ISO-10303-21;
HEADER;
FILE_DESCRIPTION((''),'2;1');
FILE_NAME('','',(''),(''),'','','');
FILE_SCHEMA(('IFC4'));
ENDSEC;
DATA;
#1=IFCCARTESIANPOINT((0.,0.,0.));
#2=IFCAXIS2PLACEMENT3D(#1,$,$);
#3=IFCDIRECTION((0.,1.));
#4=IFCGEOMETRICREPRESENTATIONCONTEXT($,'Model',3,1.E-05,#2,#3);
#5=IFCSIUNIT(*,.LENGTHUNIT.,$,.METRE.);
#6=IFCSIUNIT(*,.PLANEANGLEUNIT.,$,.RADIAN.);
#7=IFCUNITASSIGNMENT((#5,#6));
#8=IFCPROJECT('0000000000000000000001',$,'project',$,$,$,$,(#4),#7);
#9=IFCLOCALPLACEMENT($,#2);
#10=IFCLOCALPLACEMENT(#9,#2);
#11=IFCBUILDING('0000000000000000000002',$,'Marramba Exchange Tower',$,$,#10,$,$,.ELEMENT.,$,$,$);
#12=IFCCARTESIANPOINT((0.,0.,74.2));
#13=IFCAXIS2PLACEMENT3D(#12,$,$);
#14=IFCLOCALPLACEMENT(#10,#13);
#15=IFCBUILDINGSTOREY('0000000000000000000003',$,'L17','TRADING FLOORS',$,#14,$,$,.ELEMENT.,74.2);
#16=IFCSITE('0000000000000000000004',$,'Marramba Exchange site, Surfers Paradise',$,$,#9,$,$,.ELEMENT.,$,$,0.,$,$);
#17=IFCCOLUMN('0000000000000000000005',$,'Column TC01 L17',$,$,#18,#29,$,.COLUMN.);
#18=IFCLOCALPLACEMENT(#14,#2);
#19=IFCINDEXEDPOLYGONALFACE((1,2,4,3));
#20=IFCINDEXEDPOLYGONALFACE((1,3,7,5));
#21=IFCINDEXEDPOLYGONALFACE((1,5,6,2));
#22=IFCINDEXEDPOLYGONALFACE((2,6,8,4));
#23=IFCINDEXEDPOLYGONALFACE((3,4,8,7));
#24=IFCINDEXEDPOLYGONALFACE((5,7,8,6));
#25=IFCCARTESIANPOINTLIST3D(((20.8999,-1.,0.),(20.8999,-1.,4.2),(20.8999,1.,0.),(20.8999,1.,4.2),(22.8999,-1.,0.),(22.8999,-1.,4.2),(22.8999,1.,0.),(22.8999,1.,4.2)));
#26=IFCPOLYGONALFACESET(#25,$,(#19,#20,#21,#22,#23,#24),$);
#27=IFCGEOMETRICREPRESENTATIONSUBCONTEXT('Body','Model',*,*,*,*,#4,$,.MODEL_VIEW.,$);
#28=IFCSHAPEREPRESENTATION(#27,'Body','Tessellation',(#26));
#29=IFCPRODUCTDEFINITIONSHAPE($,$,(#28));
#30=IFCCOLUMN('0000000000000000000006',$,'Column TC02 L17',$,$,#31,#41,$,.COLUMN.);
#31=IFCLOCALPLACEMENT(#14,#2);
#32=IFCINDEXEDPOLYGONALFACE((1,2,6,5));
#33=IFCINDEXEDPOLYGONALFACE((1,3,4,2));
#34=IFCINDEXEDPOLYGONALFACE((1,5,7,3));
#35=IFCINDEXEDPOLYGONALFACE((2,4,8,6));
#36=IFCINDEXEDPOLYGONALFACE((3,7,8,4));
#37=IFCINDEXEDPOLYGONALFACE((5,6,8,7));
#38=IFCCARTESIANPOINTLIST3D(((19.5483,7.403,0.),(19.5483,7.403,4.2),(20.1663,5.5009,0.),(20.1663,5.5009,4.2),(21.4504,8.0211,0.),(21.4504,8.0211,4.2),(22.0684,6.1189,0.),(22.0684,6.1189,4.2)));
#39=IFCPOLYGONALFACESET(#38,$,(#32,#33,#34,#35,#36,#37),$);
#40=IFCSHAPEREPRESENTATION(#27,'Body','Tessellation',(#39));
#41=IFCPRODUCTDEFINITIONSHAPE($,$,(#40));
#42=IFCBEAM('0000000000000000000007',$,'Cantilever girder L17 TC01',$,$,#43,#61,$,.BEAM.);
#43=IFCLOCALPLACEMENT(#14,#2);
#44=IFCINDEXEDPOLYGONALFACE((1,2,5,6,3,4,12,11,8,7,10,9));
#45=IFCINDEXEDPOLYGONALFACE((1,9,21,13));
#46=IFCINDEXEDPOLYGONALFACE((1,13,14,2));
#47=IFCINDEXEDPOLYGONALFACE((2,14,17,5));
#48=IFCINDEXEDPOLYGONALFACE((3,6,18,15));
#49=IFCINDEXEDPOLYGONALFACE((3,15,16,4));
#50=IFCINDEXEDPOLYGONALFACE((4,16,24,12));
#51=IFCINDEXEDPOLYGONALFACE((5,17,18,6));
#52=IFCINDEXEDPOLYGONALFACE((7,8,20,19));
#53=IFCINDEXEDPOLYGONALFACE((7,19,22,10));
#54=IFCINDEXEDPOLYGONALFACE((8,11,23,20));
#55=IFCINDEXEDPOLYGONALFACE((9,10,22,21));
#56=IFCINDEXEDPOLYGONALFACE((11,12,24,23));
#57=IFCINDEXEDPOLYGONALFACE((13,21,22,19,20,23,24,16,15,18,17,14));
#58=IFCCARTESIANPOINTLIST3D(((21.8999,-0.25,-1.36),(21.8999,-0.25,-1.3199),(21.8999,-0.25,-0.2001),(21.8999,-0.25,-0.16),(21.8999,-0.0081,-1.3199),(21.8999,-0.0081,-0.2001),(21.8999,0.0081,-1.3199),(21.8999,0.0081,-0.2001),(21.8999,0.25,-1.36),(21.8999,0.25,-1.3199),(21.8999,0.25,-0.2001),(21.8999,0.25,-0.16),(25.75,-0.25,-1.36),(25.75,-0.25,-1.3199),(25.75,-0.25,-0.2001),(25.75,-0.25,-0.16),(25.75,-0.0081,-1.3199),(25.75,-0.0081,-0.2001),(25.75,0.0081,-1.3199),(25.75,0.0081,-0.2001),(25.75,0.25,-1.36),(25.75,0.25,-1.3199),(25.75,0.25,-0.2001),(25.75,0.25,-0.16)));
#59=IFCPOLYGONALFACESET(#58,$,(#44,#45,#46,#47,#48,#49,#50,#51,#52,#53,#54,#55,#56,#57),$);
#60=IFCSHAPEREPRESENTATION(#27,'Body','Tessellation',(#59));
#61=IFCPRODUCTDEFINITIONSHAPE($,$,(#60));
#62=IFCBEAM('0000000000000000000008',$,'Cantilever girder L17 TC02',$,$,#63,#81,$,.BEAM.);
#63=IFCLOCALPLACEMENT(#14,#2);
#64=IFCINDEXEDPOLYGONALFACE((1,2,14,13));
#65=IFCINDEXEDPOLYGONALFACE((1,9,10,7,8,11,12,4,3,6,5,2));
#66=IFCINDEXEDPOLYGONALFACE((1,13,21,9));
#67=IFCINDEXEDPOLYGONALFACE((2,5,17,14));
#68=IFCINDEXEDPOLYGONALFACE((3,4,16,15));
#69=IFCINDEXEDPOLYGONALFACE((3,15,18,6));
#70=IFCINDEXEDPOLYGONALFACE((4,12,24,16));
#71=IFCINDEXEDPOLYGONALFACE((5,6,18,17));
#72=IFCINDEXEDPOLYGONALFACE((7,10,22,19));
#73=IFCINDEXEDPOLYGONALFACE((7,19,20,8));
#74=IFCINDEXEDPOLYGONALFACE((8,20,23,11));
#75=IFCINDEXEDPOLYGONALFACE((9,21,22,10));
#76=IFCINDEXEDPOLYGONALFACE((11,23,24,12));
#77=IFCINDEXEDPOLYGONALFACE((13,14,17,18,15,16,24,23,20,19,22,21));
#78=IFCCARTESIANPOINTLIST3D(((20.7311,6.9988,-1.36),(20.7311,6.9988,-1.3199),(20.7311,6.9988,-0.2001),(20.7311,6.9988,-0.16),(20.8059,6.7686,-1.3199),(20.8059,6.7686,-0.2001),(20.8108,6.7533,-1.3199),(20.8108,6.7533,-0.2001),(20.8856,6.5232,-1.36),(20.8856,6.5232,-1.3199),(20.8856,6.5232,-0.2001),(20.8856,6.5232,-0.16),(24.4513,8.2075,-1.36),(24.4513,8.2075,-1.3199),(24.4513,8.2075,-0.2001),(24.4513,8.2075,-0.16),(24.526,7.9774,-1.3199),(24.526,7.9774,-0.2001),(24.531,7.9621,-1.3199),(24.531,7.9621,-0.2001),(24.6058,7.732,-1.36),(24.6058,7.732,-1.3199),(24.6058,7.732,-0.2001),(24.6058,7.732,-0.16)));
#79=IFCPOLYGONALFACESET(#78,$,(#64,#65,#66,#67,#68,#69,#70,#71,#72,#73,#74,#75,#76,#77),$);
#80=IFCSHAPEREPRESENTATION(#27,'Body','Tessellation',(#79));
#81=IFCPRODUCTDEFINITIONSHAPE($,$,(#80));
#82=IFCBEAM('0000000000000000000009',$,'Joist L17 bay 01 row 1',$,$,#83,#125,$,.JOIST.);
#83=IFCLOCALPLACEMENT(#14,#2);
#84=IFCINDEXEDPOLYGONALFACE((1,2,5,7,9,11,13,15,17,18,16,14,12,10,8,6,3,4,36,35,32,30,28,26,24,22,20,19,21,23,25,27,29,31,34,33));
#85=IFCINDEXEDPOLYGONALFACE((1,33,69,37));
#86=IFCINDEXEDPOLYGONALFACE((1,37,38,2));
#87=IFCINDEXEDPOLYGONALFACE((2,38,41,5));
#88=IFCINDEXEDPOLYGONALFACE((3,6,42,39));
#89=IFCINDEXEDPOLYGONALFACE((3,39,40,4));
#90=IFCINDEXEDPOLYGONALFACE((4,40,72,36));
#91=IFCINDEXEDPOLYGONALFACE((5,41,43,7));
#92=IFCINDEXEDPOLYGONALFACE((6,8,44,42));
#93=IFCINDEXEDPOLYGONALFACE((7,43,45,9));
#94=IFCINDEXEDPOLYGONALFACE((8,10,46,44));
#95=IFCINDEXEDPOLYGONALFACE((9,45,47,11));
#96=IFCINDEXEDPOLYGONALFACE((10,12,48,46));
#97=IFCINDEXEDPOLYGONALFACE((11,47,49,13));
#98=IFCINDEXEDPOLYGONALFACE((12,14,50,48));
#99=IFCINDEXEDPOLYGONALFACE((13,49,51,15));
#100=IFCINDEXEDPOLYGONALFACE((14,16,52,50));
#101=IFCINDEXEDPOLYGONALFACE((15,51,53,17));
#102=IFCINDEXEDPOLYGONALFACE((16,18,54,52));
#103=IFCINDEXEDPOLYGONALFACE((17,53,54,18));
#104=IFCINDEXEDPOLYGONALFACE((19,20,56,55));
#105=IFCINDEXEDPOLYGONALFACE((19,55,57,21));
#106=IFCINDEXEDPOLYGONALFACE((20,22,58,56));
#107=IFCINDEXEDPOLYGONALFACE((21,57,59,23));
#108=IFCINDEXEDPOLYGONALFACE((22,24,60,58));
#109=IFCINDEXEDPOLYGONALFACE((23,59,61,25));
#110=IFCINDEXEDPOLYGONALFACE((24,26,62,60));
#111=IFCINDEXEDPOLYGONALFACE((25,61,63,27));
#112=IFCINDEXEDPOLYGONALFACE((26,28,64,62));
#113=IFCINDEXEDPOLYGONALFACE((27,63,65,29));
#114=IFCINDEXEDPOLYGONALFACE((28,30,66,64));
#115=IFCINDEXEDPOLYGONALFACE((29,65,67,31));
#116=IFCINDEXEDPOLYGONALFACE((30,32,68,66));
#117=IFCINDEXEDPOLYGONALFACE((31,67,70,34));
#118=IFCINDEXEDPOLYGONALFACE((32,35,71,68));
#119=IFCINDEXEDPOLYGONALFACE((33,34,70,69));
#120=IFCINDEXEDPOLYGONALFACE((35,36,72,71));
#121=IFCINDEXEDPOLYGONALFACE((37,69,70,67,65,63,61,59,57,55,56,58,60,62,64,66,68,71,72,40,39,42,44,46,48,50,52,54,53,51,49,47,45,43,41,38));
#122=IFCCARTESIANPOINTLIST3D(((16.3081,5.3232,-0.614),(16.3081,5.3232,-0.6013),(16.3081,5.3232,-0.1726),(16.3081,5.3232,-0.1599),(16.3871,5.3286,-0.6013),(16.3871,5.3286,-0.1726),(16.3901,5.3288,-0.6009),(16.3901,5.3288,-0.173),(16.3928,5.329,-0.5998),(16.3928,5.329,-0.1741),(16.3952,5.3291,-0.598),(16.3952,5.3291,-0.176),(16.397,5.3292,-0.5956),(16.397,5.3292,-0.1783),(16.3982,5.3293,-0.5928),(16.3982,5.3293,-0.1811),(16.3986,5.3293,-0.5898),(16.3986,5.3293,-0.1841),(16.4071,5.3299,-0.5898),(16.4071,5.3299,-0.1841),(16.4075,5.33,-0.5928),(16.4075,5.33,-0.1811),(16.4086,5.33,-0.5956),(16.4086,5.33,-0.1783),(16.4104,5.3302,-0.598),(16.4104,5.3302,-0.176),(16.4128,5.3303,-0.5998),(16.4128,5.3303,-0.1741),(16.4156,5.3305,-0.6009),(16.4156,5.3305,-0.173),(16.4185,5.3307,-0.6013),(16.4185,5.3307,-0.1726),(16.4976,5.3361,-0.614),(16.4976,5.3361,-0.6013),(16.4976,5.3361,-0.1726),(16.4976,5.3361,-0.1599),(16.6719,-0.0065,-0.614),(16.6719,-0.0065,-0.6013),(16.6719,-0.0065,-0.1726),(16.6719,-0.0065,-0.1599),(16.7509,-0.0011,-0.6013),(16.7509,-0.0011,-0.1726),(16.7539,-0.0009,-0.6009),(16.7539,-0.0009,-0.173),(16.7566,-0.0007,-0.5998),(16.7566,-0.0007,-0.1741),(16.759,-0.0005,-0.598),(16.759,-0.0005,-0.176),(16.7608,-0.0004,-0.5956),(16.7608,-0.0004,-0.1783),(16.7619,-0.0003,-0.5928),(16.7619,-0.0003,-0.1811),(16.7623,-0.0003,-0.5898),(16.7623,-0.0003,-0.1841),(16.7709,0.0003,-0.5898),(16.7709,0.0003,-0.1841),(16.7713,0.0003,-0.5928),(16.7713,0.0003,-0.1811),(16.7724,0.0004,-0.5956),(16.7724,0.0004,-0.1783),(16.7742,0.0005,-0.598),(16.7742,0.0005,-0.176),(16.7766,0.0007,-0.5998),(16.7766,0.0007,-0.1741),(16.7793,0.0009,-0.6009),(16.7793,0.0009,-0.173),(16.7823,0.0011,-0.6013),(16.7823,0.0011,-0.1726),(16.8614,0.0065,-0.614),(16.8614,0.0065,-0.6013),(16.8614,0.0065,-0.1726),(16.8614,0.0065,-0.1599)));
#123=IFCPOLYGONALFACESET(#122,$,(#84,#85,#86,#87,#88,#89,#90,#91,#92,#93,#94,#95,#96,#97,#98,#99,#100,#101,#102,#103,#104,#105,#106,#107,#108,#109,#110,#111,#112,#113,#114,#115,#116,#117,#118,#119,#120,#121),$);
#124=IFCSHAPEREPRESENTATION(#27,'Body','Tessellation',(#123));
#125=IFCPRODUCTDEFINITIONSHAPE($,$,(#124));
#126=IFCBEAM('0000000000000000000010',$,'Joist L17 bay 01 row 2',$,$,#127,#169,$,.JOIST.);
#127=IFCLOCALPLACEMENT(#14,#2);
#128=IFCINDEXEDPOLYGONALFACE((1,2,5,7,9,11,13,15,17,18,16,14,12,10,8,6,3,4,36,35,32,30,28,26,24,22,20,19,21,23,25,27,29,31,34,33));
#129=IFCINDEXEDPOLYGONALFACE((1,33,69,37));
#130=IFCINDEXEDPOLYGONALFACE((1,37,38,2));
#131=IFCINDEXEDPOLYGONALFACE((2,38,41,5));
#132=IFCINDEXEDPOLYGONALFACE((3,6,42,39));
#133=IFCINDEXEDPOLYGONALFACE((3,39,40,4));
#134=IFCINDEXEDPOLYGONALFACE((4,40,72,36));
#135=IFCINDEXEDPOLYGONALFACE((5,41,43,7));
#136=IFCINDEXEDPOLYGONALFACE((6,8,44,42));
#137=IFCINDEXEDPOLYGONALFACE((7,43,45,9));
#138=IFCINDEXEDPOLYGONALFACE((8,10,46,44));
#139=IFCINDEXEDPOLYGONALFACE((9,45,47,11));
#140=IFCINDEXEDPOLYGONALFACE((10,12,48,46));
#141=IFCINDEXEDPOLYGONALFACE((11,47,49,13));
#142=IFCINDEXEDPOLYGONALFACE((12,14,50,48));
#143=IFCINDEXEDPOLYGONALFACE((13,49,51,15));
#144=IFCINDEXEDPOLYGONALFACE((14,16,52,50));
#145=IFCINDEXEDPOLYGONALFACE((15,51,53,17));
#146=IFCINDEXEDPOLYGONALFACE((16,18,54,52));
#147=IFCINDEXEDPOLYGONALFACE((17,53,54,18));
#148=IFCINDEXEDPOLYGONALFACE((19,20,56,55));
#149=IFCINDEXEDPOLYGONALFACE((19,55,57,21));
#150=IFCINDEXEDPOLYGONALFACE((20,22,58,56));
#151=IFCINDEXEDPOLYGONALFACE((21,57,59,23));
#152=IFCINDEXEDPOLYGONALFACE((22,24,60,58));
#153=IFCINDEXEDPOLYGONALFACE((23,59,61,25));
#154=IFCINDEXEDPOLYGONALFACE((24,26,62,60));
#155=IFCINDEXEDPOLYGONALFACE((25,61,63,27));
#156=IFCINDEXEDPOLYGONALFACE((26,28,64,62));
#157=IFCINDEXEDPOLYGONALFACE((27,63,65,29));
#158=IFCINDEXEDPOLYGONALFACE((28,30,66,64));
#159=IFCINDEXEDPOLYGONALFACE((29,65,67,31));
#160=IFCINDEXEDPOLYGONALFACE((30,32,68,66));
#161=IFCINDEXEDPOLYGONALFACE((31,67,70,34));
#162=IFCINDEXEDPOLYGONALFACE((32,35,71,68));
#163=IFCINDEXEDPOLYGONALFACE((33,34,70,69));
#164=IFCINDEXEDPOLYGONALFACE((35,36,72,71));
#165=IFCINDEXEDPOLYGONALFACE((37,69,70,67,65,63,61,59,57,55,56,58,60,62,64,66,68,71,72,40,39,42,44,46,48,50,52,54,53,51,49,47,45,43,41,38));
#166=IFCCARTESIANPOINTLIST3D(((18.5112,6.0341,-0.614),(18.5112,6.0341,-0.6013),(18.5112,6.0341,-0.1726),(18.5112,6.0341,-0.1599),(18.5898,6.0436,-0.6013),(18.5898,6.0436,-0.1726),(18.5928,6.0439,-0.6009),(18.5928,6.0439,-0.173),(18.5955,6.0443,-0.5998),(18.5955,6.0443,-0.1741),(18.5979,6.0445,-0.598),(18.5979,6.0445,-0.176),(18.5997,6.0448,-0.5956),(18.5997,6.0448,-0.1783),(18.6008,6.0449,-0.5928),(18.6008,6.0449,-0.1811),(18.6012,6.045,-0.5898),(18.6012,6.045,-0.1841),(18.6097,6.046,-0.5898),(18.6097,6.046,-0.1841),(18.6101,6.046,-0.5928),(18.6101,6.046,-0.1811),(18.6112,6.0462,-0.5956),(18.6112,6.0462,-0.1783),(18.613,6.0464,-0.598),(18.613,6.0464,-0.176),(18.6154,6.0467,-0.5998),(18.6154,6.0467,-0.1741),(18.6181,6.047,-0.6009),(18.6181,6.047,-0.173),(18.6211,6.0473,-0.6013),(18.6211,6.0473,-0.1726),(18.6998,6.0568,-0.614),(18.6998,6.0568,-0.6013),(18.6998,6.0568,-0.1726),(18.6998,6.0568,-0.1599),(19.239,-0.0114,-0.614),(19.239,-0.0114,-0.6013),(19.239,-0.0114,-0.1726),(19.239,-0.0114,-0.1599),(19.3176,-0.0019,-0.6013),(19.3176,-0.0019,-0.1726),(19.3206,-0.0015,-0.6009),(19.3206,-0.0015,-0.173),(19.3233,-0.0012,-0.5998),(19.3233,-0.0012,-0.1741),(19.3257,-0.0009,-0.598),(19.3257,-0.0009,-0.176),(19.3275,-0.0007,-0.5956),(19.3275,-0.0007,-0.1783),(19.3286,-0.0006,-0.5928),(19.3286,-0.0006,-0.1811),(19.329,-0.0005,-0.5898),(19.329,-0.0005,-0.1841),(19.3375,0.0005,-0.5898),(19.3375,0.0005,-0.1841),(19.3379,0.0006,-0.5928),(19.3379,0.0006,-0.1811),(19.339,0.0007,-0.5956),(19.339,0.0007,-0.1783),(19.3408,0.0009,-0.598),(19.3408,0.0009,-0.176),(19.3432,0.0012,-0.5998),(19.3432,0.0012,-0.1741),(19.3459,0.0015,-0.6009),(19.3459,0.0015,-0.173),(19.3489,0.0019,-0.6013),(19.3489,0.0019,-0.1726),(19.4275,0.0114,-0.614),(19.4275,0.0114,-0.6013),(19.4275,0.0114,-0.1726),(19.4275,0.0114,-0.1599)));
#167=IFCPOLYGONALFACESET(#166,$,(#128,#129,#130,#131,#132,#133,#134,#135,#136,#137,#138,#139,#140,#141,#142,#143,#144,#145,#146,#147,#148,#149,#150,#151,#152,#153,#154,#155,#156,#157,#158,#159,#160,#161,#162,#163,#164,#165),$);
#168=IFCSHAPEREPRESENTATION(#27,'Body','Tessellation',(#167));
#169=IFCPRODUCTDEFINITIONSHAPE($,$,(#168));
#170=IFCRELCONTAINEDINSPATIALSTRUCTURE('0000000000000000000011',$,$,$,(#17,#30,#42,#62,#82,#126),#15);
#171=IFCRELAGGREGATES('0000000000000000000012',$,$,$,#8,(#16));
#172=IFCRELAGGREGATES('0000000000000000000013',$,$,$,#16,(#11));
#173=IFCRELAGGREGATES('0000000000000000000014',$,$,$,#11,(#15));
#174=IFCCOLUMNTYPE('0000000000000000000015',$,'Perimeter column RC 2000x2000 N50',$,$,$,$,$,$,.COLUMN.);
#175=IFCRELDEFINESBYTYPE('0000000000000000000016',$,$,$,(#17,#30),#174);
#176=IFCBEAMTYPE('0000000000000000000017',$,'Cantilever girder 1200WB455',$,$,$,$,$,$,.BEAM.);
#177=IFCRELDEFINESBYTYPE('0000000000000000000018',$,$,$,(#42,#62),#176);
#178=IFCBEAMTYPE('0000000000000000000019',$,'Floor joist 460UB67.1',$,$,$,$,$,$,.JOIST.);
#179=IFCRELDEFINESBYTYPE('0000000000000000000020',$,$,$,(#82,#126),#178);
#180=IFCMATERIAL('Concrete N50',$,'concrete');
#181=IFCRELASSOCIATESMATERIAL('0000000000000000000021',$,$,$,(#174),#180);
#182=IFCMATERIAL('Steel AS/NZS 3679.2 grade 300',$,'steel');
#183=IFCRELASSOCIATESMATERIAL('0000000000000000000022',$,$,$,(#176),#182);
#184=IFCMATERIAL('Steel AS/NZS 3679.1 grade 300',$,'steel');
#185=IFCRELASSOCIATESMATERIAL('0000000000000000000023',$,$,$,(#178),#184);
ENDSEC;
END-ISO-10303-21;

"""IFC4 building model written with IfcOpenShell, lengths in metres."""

from ifc_helpers import new_model, si_unit, direction, frame, origin, origin_2d, place, context, subcontext, project, spatial, rectangle, i_section, extrude, material, material_profile, profile_set, type_object, element, save


model = new_model("IFC4")

# Units and contexts
model_context = context("Model", 3, precision=1e-05, world=origin(), true_north=direction((0.0, 1.0)))
body_context = subcontext(model_context, "Body", "Model", "MODEL_VIEW")
ifc_project = project(units=[si_unit("LENGTHUNIT", "METRE"), si_unit("PLANEANGLEUNIT", "RADIAN")], contexts=[model_context])

# Site, building, storey
site_placement = place(None, origin())
site = spatial("IfcSite", under=ifc_project, at=site_placement, Name="Marramba Exchange site, Surfers Paradise", CompositionType="ELEMENT", RefElevation=0.0)
building_placement = place(site_placement, origin())
building = spatial("IfcBuilding", under=site, at=building_placement, Name="Marramba Exchange Tower", CompositionType="ELEMENT")
storey_placement = place(building_placement, frame((0.0, 0.0, 74.2)))
storey = spatial("IfcBuildingStorey", under=building, at=storey_placement, Name="L17", Description="TRADING FLOORS", CompositionType="ELEMENT", Elevation=74.2)

# Columns
ifc_material_1 = material(Name="Concrete N50", Category="concrete")
ifc_material_profile_1 = material_profile(ifc_material_1, rectangle(XDim=2.0, YDim=2.0, at=origin_2d()), Name="RC 2000x2000")
ifc_profile_set_1 = profile_set([ifc_material_profile_1], Name="Concrete N50")
column_type = type_object("IfcColumnType", Name="Perimeter column RC 2000x2000 N50", PredefinedType="COLUMN", material=ifc_profile_set_1)
for number, where, z_axis, x_axis, name in (
    (1, (21.8999, 0.0, 0.0), (0.0, 0.0, 1.0), (1.0, 0.0, 0.0), "Column TC01 L17"),
    (2, (20.8083, 6.761, 0.0), (0.0, 0.0, 1.0), (0.951057, 0.309017, 0.0), "Column TC02 L17"),
):
    element("IfcColumn", number, at=place(storey_placement, frame(where, z_axis=z_axis, x_axis=x_axis)), inside=storey, type_object=column_type, Name=name, PredefinedType="COLUMN", context=body_context, shape_type="SweptSolid", body=[
        extrude(rectangle(XDim=2.0, YDim=2.0, at=origin_2d()), origin(), (0.0, 0.0, 1.0), 4.2),
    ])

# Beams
ifc_material_2 = material(Name="Steel AS/NZS 3679.2 grade 300", Category="steel")
ifc_material_profile_2 = material_profile(ifc_material_2, i_section(OverallWidth=0.5, OverallDepth=1.2, WebThickness=0.0161, FlangeThickness=0.04, at=origin_2d()), Name="1200WB455")
ifc_profile_set_2 = profile_set([ifc_material_profile_2], Name="Steel AS/NZS 3679.2 grade 300")
beam_type_1 = type_object("IfcBeamType", Name="Cantilever girder 1200WB455", PredefinedType="BEAM", material=ifc_profile_set_2)
beam_1_placement = place(storey_placement, frame((21.8999, 0.0, -0.76), z_axis=(1.0, 0.0, 0.0), x_axis=(0.0, 1.0, 0.0)))
element("IfcBeam", 3, at=beam_1_placement, inside=storey, type_object=beam_type_1, Name="Cantilever girder L17 TC01", PredefinedType="BEAM", context=body_context, shape_type="SweptSolid", body=[
    extrude(i_section(OverallWidth=0.5, OverallDepth=1.2, WebThickness=0.0161, FlangeThickness=0.04, at=origin_2d()), origin(), (0.0, 0.0, 1.0), 3.8501),
])
beam_2_placement = place(storey_placement, frame((20.8083, 6.761, -0.76), z_axis=(0.951059, 0.30901, 0.0), x_axis=(-0.30901, 0.951059, 0.0)))
element("IfcBeam", 4, at=beam_2_placement, inside=storey, type_object=beam_type_1, Name="Cantilever girder L17 TC02", PredefinedType="BEAM", context=body_context, shape_type="SweptSolid", body=[
    extrude(i_section(OverallWidth=0.5, OverallDepth=1.2, WebThickness=0.0161, FlangeThickness=0.04, at=origin_2d()), origin(), (0.0, 0.0, 1.0), 3.9116),
])
ifc_material_3 = material(Name="Steel AS/NZS 3679.1 grade 300", Category="steel")
ifc_material_profile_3 = material_profile(ifc_material_3, i_section(OverallWidth=0.1899, OverallDepth=0.4541, WebThickness=0.0085, FlangeThickness=0.0127, FilletRadius=0.0115, at=origin_2d()), Name="460UB67.1")
ifc_profile_set_3 = profile_set([ifc_material_profile_3], Name="Steel AS/NZS 3679.1 grade 300")
beam_type_2 = type_object("IfcBeamType", Name="Floor joist 460UB67.1", PredefinedType="JOIST", material=ifc_profile_set_3)
beam_3_placement = place(storey_placement, frame((16.7666, 0.0, -0.387), z_axis=(-0.068096, 0.997679, 0.0), x_axis=(-0.997679, -0.068096, 0.0)))
element("IfcBeam", 5, at=beam_3_placement, inside=storey, type_object=beam_type_2, Name="Joist L17 bay 01 row 1", PredefinedType="JOIST", context=body_context, shape_type="SweptSolid", body=[
    extrude(i_section(OverallWidth=0.1899, OverallDepth=0.4541, WebThickness=0.0085, FlangeThickness=0.0127, FilletRadius=0.0115, at=origin_2d()), origin(), (0.0, 0.0, 1.0), 5.342),
])
beam_4_placement = place(storey_placement, frame((19.3333, 0.0, -0.387), z_axis=(-0.119523, 0.992831, 0.0), x_axis=(-0.992831, -0.119523, 0.0)))
element("IfcBeam", 6, at=beam_4_placement, inside=storey, type_object=beam_type_2, Name="Joist L17 bay 01 row 2", PredefinedType="JOIST", context=body_context, shape_type="SweptSolid", body=[
    extrude(i_section(OverallWidth=0.1899, OverallDepth=0.4541, WebThickness=0.0085, FlangeThickness=0.0127, FilletRadius=0.0115, at=origin_2d()), origin(), (0.0, 0.0, 1.0), 6.0891),
])

save(model, "model.ifc")
